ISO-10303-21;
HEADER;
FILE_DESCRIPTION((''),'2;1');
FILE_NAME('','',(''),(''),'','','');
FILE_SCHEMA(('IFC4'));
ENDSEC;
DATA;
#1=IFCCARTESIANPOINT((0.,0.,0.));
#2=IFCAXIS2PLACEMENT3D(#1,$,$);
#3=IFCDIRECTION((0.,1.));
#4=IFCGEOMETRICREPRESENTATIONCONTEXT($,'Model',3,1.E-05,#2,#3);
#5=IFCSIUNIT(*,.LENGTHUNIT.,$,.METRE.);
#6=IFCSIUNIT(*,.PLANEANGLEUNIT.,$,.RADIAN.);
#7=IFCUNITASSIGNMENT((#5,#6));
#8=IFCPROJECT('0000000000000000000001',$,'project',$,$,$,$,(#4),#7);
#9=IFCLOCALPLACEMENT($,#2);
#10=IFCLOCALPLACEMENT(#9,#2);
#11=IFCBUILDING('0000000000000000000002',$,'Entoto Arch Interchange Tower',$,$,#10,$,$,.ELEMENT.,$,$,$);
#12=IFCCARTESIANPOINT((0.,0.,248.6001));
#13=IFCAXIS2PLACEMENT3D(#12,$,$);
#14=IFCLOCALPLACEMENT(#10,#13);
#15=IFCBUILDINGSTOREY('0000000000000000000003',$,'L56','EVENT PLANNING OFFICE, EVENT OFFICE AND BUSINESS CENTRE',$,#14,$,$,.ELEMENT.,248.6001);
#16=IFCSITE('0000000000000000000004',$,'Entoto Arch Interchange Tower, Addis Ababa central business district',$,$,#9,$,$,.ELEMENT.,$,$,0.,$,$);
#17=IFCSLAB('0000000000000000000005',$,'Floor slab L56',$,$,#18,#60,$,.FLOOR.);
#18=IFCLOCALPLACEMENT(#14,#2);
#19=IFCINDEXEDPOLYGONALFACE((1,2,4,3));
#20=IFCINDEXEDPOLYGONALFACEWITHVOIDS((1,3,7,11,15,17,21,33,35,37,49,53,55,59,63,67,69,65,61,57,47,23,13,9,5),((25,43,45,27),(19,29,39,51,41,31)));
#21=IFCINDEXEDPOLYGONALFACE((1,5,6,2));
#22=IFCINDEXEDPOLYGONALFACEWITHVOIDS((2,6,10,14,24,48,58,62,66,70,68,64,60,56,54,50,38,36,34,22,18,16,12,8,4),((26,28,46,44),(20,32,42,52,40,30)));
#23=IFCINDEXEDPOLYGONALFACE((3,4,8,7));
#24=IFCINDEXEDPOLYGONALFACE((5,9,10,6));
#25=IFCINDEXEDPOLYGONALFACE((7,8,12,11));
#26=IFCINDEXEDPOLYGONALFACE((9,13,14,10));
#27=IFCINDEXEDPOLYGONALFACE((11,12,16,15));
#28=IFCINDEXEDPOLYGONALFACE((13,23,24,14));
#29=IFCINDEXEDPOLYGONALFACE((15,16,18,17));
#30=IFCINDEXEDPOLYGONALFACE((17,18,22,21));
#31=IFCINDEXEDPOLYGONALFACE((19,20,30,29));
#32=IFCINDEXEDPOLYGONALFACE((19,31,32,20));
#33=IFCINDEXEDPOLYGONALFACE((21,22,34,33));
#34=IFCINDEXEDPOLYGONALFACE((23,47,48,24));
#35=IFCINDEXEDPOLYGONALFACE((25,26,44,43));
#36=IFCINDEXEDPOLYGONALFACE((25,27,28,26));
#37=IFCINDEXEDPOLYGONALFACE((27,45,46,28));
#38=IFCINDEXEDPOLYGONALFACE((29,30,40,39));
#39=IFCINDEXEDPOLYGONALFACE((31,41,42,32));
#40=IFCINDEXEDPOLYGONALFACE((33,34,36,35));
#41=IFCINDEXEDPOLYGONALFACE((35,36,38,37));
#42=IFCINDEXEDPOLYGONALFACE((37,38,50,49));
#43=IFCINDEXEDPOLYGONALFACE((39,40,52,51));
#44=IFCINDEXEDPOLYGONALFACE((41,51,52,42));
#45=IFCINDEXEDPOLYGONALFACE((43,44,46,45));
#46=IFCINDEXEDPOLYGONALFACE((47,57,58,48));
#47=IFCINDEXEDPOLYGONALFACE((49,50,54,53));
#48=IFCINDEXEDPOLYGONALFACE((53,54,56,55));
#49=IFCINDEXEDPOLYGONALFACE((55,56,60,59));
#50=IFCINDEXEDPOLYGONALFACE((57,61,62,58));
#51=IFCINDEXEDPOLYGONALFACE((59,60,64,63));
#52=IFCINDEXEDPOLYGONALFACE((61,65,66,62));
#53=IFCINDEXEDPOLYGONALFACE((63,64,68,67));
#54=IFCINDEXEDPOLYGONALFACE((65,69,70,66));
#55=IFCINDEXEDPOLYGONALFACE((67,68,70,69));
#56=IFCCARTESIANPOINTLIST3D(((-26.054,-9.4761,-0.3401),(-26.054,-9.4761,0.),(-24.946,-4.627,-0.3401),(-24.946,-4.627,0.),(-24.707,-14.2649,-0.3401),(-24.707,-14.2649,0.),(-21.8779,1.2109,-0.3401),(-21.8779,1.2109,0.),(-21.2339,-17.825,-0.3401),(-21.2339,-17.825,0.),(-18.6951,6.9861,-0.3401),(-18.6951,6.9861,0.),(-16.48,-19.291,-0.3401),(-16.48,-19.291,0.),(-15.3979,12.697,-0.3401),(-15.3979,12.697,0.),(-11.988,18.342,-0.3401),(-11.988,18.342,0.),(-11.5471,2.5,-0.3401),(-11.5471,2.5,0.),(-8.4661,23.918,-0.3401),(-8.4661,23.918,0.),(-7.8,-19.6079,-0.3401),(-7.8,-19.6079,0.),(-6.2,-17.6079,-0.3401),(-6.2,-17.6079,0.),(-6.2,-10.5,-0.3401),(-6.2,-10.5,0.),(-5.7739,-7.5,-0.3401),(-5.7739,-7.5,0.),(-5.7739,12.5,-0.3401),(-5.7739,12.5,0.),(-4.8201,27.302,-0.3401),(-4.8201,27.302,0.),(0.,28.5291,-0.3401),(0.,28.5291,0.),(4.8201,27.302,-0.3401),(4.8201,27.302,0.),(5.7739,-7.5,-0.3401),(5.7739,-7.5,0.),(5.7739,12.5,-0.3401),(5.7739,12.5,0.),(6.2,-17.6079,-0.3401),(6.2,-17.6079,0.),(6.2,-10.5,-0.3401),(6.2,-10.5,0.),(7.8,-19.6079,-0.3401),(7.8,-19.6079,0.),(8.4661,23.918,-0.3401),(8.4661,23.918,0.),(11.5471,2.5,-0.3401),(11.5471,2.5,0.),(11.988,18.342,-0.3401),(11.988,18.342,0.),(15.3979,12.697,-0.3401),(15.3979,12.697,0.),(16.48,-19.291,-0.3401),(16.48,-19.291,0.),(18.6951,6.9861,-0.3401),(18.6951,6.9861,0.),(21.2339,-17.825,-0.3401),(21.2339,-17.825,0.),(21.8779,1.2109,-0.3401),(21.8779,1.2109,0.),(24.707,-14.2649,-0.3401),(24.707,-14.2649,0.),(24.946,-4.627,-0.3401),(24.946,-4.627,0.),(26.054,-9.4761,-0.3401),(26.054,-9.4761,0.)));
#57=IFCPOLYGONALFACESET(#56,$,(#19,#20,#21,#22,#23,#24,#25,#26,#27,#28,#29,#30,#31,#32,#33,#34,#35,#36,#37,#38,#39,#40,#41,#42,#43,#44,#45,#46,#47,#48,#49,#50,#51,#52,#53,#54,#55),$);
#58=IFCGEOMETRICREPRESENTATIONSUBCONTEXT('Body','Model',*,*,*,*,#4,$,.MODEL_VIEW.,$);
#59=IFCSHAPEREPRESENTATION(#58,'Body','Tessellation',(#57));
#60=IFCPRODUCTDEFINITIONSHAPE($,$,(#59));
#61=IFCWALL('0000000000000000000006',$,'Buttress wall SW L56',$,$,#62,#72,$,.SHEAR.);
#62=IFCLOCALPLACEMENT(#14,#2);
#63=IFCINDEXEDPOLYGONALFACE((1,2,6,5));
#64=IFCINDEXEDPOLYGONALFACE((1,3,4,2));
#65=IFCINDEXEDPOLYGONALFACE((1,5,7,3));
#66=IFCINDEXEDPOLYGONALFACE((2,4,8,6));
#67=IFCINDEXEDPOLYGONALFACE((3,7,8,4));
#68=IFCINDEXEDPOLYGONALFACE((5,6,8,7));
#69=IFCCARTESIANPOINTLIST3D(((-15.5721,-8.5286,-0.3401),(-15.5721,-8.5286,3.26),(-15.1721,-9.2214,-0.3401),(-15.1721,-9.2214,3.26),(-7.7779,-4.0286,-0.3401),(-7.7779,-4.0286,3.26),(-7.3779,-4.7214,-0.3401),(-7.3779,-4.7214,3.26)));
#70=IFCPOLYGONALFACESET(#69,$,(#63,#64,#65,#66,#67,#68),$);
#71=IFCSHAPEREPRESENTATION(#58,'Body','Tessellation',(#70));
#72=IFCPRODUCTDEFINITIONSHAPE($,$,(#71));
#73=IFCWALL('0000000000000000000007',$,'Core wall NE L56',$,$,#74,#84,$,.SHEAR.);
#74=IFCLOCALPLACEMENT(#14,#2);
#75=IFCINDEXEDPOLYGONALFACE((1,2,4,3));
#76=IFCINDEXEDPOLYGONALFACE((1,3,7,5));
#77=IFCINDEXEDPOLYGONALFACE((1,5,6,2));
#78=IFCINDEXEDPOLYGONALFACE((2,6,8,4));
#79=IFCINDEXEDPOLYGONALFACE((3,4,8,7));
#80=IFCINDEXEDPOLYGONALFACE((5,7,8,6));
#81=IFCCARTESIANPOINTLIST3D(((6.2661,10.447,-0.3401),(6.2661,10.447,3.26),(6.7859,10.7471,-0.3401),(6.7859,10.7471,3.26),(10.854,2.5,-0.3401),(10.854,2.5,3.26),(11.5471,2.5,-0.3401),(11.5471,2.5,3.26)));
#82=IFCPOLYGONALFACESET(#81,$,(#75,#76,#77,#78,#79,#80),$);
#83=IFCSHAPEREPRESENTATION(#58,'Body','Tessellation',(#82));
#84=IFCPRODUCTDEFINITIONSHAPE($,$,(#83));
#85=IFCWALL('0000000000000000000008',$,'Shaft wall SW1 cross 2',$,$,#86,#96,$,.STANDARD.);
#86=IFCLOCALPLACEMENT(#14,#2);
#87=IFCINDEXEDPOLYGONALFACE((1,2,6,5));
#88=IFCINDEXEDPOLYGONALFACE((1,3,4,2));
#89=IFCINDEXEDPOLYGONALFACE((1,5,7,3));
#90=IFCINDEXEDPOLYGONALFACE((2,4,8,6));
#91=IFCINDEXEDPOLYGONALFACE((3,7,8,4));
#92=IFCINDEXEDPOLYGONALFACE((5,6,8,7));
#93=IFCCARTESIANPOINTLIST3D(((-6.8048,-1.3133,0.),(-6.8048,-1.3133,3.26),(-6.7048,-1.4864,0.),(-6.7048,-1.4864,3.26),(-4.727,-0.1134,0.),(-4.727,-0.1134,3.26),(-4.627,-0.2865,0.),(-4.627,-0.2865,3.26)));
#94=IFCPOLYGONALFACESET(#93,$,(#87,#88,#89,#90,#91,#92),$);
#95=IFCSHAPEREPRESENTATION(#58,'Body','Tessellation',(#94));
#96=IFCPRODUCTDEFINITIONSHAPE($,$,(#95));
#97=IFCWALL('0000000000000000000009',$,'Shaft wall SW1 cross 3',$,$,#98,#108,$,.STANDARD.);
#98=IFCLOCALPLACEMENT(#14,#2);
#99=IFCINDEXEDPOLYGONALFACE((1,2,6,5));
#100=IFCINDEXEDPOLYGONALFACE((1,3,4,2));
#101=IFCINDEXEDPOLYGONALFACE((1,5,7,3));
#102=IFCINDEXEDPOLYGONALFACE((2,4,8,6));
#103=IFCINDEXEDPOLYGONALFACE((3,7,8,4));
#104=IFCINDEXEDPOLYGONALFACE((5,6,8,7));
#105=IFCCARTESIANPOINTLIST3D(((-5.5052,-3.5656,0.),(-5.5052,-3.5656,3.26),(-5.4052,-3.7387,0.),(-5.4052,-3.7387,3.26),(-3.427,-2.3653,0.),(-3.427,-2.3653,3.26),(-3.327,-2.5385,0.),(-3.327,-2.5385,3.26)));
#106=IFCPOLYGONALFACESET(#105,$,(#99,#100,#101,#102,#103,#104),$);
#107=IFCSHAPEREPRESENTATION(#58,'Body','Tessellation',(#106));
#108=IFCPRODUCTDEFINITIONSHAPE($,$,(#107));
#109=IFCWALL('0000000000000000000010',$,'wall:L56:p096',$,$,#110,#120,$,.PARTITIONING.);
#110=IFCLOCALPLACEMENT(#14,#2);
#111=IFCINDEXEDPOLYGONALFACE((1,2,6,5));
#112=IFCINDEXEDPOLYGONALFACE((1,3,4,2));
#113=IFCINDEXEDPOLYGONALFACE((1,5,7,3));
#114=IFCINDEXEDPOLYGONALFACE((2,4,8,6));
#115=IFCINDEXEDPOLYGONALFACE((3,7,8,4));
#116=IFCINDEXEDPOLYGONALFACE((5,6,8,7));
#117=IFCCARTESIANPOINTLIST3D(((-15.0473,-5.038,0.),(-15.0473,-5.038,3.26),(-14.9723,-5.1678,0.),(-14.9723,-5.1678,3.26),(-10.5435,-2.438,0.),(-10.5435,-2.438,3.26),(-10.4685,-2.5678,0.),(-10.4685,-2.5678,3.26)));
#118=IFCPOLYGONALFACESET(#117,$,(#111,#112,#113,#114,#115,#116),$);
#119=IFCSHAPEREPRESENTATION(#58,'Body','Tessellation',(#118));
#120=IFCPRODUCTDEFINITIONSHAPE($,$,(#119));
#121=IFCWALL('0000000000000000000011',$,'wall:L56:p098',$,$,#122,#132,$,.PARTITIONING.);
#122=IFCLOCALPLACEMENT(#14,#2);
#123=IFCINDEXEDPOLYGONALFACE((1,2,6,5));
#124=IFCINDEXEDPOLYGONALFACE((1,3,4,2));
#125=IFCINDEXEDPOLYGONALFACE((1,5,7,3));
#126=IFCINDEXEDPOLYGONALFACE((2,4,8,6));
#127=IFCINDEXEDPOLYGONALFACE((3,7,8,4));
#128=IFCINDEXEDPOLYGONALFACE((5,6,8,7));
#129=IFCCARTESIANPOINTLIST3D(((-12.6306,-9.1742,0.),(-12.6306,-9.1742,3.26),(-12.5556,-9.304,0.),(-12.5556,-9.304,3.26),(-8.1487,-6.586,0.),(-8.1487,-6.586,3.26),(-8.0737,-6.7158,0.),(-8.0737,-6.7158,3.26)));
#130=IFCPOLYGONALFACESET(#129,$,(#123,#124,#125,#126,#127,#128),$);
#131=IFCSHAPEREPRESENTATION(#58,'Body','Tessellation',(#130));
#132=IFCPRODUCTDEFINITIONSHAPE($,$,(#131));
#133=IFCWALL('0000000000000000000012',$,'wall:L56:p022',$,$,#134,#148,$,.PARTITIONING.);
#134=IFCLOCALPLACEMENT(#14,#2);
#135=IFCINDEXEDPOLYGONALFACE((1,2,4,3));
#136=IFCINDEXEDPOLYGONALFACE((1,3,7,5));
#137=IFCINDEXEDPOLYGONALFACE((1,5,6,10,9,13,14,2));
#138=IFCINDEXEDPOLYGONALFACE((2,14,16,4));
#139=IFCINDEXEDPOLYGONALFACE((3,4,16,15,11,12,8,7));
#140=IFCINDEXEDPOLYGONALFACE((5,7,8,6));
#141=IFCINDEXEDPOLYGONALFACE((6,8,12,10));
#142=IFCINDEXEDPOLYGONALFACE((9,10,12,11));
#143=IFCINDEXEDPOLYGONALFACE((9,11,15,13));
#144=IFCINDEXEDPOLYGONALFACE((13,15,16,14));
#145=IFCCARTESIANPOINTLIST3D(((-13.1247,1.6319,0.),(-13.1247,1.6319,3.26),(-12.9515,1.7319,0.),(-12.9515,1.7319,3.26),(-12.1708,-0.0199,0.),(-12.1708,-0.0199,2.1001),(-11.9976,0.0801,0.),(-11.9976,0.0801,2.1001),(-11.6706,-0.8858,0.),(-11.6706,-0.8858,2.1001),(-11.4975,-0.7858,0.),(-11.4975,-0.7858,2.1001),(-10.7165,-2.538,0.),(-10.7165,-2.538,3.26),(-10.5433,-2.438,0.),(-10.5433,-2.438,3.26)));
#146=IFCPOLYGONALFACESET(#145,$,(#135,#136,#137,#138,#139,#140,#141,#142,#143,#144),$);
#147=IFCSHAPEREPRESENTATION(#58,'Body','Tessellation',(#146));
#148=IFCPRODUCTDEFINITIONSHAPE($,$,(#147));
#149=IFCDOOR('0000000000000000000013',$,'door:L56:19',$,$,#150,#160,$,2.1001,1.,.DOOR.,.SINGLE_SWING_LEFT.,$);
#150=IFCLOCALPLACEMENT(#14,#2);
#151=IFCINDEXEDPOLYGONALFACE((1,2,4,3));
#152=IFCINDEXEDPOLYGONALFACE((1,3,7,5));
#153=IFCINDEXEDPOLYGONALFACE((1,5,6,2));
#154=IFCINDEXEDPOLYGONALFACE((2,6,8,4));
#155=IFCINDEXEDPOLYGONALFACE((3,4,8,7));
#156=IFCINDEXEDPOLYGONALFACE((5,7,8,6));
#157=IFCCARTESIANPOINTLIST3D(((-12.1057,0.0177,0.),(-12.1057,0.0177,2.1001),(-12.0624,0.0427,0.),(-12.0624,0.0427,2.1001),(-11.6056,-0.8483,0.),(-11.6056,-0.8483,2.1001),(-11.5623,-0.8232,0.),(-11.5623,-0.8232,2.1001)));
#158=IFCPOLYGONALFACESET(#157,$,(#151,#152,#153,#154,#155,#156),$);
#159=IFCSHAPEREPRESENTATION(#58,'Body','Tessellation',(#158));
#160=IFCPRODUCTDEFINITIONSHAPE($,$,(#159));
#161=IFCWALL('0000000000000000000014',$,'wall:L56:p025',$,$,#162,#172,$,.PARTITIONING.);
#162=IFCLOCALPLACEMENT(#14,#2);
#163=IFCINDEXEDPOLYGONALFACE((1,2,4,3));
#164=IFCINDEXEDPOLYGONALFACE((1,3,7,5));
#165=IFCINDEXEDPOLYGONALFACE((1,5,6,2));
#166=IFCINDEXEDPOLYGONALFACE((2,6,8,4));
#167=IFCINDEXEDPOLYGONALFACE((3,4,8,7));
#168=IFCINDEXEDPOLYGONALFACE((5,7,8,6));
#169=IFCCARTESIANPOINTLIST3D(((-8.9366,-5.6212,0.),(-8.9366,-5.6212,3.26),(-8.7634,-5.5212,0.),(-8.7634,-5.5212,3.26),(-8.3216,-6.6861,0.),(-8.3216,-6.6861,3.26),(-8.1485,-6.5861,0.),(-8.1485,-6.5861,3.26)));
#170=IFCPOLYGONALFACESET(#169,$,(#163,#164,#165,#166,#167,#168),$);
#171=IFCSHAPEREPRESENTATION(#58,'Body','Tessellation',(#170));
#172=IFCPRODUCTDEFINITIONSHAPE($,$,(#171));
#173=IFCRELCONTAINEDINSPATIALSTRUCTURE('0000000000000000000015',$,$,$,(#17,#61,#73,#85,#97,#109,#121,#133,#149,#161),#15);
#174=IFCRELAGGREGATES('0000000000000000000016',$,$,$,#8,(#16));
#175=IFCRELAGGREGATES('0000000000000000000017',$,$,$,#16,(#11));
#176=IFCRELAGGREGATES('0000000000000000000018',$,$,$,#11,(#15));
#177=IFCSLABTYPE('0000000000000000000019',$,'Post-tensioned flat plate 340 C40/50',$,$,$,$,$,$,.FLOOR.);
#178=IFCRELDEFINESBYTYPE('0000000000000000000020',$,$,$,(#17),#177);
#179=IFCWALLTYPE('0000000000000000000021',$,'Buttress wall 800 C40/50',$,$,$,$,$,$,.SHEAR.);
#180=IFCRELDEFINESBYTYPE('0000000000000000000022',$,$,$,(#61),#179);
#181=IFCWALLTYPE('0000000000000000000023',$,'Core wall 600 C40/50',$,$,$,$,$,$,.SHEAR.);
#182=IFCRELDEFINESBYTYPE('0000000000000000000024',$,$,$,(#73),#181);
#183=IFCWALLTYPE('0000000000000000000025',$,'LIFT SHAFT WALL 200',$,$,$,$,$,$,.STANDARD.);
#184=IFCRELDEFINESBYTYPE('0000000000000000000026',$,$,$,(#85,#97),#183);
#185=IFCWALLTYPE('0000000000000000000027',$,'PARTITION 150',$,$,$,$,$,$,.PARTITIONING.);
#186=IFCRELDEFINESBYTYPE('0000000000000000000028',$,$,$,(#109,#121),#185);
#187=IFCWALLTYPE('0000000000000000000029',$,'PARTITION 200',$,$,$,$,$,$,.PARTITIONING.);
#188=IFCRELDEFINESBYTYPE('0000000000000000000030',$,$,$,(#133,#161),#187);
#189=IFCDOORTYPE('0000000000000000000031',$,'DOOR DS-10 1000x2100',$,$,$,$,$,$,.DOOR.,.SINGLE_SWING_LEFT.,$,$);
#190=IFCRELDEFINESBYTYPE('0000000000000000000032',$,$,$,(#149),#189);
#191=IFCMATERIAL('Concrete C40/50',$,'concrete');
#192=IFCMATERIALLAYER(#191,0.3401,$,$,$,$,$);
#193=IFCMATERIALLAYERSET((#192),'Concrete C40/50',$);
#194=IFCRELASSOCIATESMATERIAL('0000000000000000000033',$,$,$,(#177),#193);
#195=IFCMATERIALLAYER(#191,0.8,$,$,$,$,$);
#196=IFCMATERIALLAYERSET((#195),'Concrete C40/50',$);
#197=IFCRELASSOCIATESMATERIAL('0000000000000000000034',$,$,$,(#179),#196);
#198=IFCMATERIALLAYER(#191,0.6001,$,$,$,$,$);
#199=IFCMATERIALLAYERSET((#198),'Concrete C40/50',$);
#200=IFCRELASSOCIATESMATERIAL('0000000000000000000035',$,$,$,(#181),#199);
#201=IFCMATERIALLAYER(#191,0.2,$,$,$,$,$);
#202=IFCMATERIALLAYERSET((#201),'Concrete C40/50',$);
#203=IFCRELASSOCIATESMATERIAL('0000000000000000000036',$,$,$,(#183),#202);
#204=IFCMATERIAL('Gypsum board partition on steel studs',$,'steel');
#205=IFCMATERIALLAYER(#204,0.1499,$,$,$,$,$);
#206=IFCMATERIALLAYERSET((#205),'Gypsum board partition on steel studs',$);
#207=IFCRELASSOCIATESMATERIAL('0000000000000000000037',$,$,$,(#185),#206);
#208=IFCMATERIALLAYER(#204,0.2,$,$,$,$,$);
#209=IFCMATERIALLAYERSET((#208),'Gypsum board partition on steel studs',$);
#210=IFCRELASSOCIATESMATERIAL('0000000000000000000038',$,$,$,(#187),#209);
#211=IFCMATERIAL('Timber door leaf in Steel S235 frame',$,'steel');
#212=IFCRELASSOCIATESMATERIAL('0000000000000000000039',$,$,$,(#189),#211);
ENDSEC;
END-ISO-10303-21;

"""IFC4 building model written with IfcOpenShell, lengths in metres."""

from ifc_helpers import new_model, si_unit, direction, frame, frame_2d, origin, place, context, subcontext, project, spatial, polyline, rectangle, outline, extrude, material, layer, layer_set, type_object, element, fill, save


model = new_model("IFC4")

# Units and contexts
model_context = context("Model", 3, precision=1e-05, world=origin(), true_north=direction((0.0, 1.0)))
body_context = subcontext(model_context, "Body", "Model", "MODEL_VIEW")
ifc_project = project(units=[si_unit("LENGTHUNIT", "METRE"), si_unit("PLANEANGLEUNIT", "RADIAN")], contexts=[model_context])

# Site, building, storey
site_placement = place(None, origin())
site = spatial("IfcSite", under=ifc_project, at=site_placement, Name="Entoto Arch Interchange Tower, Addis Ababa central business district", CompositionType="ELEMENT", RefElevation=0.0)
building_placement = place(site_placement, origin())
building = spatial("IfcBuilding", under=site, at=building_placement, Name="Entoto Arch Interchange Tower", CompositionType="ELEMENT")
storey_placement = place(building_placement, frame((0.0, 0.0, 248.6001)))
storey = spatial("IfcBuildingStorey", under=building, at=storey_placement, Name="L56", Description="EVENT PLANNING OFFICE, EVENT OFFICE AND BUSINESS CENTRE", CompositionType="ELEMENT", Elevation=248.6001)

# Slab
ifc_material_1 = material(Name="Concrete C40/50", Category="concrete")
ifc_layer_1 = layer(ifc_material_1, 0.3401)
ifc_layer_set_1 = layer_set([ifc_layer_1], Name="Concrete C40/50")
slab_type = type_object("IfcSlabType", Name="Post-tensioned flat plate 340 C40/50", PredefinedType="FLOOR", material=ifc_layer_set_1)
slab_placement = place(storey_placement, frame((0.0, 0.0, -0.3401)))
element("IfcSlab", 1, at=slab_placement, inside=storey, type_object=slab_type, Name="Floor slab L56", PredefinedType="FLOOR", context=body_context, shape_type="SweptSolid", body=[
    extrude(outline(polyline([(-16.48, -19.291), (-7.8, -19.6079), (7.8, -19.6079), (16.48, -19.291), (21.2339, -17.825), (24.707, -14.2649), (26.054, -9.4761), (24.946, -4.627), (21.8779, 1.2109), (18.6951, 6.9861), (15.3979, 12.697), (11.988, 18.342), (8.4661, 23.918), (4.8201, 27.302), (0.0, 28.5291), (-4.8201, 27.302), (-8.4661, 23.918), (-11.988, 18.342), (-15.3979, 12.697), (-18.6951, 6.9861), (-21.8779, 1.2109), (-24.946, -4.627), (-26.054, -9.4761), (-24.707, -14.2649), (-21.2339, -17.825), (-16.48, -19.291)]), holes=[polyline([(6.2, -17.6079), (6.2, -10.5), (-6.2, -10.5), (-6.2, -17.6079), (6.2, -17.6079)]), polyline([(11.5471, 2.5), (5.7739, 12.5), (-5.7739, 12.5), (-11.5471, 2.5), (-5.7739, -7.5), (5.7739, -7.5), (11.5471, 2.5)])]), origin(), (0.0, 0.0, 1.0), 0.3401),
])

# Walls
ifc_layer_2 = layer(ifc_material_1, 0.8)
ifc_layer_set_2 = layer_set([ifc_layer_2], Name="Concrete C40/50")
wall_type_1 = type_object("IfcWallType", Name="Buttress wall 800 C40/50", PredefinedType="SHEAR", material=ifc_layer_set_2)
wall_1_placement = place(storey_placement, frame((-7.5779, -4.375, -0.3401), z_axis=(0.0, 0.0, 1.0), x_axis=(-0.866024, -0.500002, 0.0)))
element("IfcWall", 2, at=wall_1_placement, inside=storey, type_object=wall_type_1, Name="Buttress wall SW L56", PredefinedType="SHEAR", context=body_context, shape_type="SweptSolid", body=[
    extrude(rectangle(XDim=9.0, YDim=0.8, at=frame_2d((4.5, 0.0))), origin(), (0.0, 0.0, 1.0), 3.6001),
])
ifc_layer_3 = layer(ifc_material_1, 0.6001)
ifc_layer_set_3 = layer_set([ifc_layer_3], Name="Concrete C40/50")
wall_type_2 = type_object("IfcWallType", Name="Core wall 600 C40/50", PredefinedType="SHEAR", material=ifc_layer_set_3)
wall_2_placement = place(storey_placement, frame((0.0, 0.0, -0.3401)))
element("IfcWall", 3, at=wall_2_placement, inside=storey, type_object=wall_type_2, Name="Core wall NE L56", PredefinedType="SHEAR", context=body_context, shape_type="SweptSolid", body=[
    extrude(outline(polyline([(6.7859, 10.7471), (6.2661, 10.447), (10.854, 2.5), (11.5471, 2.5), (6.7859, 10.7471)])), origin(), (0.0, 0.0, 1.0), 3.6001),
])
ifc_layer_4 = layer(ifc_material_1, 0.2)
ifc_layer_set_4 = layer_set([ifc_layer_4], Name="Concrete C40/50")
wall_type_3 = type_object("IfcWallType", Name="LIFT SHAFT WALL 200", PredefinedType="STANDARD", material=ifc_layer_set_4)
wall_3_placement = place(storey_placement, frame((-4.677, -0.2, 0.0), z_axis=(0.0, 0.0, 1.0), x_axis=(-0.865974, -0.500089, 0.0)))
element("IfcWall", 4, at=wall_3_placement, inside=storey, type_object=wall_type_3, Name="Shaft wall SW1 cross 2", PredefinedType="STANDARD", context=body_context, shape_type="SweptSolid", body=[
    extrude(rectangle(XDim=2.3994, YDim=0.2, at=frame_2d((1.1997, 0.0))), origin(), (0.0, 0.0, 1.0), 3.26),
])
wall_4_placement = place(storey_placement, frame((-3.377, -2.4519, 0.0), z_axis=(0.0, 0.0, 1.0), x_axis=(-0.865955, -0.500122, 0.0)))
element("IfcWall", 5, at=wall_4_placement, inside=storey, type_object=wall_type_3, Name="Shaft wall SW1 cross 3", PredefinedType="STANDARD", context=body_context, shape_type="SweptSolid", body=[
    extrude(rectangle(XDim=2.3999, YDim=0.2, at=frame_2d((1.2, 0.0))), origin(), (0.0, 0.0, 1.0), 3.26),
])
ifc_material_2 = material(Name="Gypsum board partition on steel studs", Category="steel")
ifc_layer_5 = layer(ifc_material_2, 0.1499)
ifc_layer_set_5 = layer_set([ifc_layer_5], Name="Gypsum board partition on steel studs")
wall_type_4 = type_object("IfcWallType", Name="PARTITION 150", PredefinedType="PARTITIONING", material=ifc_layer_set_5)
wall_5_placement = place(storey_placement, frame((-10.5061, -2.5029, 0.0), z_axis=(0.0, 0.0, 1.0), x_axis=(-0.866045, -0.499966, 0.0)))
element("IfcWall", 6, at=wall_5_placement, inside=storey, type_object=wall_type_4, Name="wall:L56:p096", PredefinedType="PARTITIONING", context=body_context, shape_type="SweptSolid", body=[
    extrude(rectangle(XDim=5.2004, YDim=0.1499, at=frame_2d((2.6001, 0.0))), origin(), (0.0, 0.0, 1.0), 3.26),
])
wall_6_placement = place(storey_placement, frame((-8.1111, -6.6509, 0.0), z_axis=(0.0, 0.0, 1.0), x_axis=(-0.865984, -0.500071, 0.0)))
element("IfcWall", 7, at=wall_6_placement, inside=storey, type_object=wall_type_4, Name="wall:L56:p098", PredefinedType="PARTITIONING", context=body_context, shape_type="SweptSolid", body=[
    extrude(rectangle(XDim=5.1755, YDim=0.1499, at=frame_2d((2.5879, 0.0))), origin(), (0.0, 0.0, 1.0), 3.26),
])

# Wall, opening, door
ifc_layer_6 = layer(ifc_material_2, 0.2)
ifc_layer_set_6 = layer_set([ifc_layer_6], Name="Gypsum board partition on steel studs")
wall_type_5 = type_object("IfcWallType", Name="PARTITION 200", PredefinedType="PARTITIONING", material=ifc_layer_set_6)
wall_7_placement = place(storey_placement, frame((-10.6299, -2.488, 0.0), z_axis=(0.0, 0.0, 1.0), x_axis=(-0.500109, 0.865963, 0.0)))
wall_7 = element("IfcWall", 8, at=wall_7_placement, inside=storey, type_object=wall_type_5, Name="wall:L56:p022", PredefinedType="PARTITIONING", context=body_context, shape_type="SweptSolid", body=[
    extrude(rectangle(XDim=4.8154, YDim=0.2, at=frame_2d((2.4077, 0.0))), origin(), (0.0, 0.0, 1.0), 3.26),
])
opening_1_placement = place(wall_7_placement, frame((1.908, 0.0, 0.0)))
opening_1 = element("IfcOpeningElement", 9, at=opening_1_placement, cuts=wall_7, PredefinedType="OPENING", context=body_context, shape_type="SweptSolid", body=[
    extrude(rectangle(XDim=1.0, YDim=2.1001, at=frame_2d((0.5, 1.05))), frame((0.0, 0.1099, 0.0), z_axis=(0.0, -1.0, 0.0), x_axis=(1.0, 0.0, 0.0)), (0.0, 0.0, 1.0), 0.22),
])
ifc_material_3 = material(Name="Timber door leaf in Steel S235 frame", Category="steel")
door_type_1 = type_object("IfcDoorType", Name="DOOR DS-10 1000x2100", OperationType="SINGLE_SWING_LEFT", PredefinedType="DOOR", material=ifc_material_3)
door_1_placement = place(opening_1_placement, origin())
door_1 = element("IfcDoor", 10, at=door_1_placement, inside=storey, type_object=door_type_1, Name="door:L56:19", OperationType="SINGLE_SWING_LEFT", OverallHeight=2.1001, OverallWidth=1.0, PredefinedType="DOOR", context=body_context, shape_type="SweptSolid", body=[
    extrude(rectangle(XDim=1.0, YDim=2.1001, at=frame_2d((0.5, 1.05))), frame((0.0, 0.0249, 0.0), z_axis=(0.0, -1.0, 0.0), x_axis=(1.0, 0.0, 0.0)), (0.0, 0.0, 1.0), 0.05),
])
fill(opening_1, door_1)

# Wall
wall_8_placement = place(storey_placement, frame((-8.2351, -6.636, 0.0), z_axis=(0.0, 0.0, 1.0), x_axis=(-0.500089, 0.865974, 0.0)))
element("IfcWall", 11, at=wall_8_placement, inside=storey, type_object=wall_type_5, Name="wall:L56:p025", PredefinedType="PARTITIONING", context=body_context, shape_type="SweptSolid", body=[
    extrude(rectangle(XDim=1.2297, YDim=0.2, at=frame_2d((0.6147, 0.0))), origin(), (0.0, 0.0, 1.0), 3.26),
])

save(model, "model.ifc")
